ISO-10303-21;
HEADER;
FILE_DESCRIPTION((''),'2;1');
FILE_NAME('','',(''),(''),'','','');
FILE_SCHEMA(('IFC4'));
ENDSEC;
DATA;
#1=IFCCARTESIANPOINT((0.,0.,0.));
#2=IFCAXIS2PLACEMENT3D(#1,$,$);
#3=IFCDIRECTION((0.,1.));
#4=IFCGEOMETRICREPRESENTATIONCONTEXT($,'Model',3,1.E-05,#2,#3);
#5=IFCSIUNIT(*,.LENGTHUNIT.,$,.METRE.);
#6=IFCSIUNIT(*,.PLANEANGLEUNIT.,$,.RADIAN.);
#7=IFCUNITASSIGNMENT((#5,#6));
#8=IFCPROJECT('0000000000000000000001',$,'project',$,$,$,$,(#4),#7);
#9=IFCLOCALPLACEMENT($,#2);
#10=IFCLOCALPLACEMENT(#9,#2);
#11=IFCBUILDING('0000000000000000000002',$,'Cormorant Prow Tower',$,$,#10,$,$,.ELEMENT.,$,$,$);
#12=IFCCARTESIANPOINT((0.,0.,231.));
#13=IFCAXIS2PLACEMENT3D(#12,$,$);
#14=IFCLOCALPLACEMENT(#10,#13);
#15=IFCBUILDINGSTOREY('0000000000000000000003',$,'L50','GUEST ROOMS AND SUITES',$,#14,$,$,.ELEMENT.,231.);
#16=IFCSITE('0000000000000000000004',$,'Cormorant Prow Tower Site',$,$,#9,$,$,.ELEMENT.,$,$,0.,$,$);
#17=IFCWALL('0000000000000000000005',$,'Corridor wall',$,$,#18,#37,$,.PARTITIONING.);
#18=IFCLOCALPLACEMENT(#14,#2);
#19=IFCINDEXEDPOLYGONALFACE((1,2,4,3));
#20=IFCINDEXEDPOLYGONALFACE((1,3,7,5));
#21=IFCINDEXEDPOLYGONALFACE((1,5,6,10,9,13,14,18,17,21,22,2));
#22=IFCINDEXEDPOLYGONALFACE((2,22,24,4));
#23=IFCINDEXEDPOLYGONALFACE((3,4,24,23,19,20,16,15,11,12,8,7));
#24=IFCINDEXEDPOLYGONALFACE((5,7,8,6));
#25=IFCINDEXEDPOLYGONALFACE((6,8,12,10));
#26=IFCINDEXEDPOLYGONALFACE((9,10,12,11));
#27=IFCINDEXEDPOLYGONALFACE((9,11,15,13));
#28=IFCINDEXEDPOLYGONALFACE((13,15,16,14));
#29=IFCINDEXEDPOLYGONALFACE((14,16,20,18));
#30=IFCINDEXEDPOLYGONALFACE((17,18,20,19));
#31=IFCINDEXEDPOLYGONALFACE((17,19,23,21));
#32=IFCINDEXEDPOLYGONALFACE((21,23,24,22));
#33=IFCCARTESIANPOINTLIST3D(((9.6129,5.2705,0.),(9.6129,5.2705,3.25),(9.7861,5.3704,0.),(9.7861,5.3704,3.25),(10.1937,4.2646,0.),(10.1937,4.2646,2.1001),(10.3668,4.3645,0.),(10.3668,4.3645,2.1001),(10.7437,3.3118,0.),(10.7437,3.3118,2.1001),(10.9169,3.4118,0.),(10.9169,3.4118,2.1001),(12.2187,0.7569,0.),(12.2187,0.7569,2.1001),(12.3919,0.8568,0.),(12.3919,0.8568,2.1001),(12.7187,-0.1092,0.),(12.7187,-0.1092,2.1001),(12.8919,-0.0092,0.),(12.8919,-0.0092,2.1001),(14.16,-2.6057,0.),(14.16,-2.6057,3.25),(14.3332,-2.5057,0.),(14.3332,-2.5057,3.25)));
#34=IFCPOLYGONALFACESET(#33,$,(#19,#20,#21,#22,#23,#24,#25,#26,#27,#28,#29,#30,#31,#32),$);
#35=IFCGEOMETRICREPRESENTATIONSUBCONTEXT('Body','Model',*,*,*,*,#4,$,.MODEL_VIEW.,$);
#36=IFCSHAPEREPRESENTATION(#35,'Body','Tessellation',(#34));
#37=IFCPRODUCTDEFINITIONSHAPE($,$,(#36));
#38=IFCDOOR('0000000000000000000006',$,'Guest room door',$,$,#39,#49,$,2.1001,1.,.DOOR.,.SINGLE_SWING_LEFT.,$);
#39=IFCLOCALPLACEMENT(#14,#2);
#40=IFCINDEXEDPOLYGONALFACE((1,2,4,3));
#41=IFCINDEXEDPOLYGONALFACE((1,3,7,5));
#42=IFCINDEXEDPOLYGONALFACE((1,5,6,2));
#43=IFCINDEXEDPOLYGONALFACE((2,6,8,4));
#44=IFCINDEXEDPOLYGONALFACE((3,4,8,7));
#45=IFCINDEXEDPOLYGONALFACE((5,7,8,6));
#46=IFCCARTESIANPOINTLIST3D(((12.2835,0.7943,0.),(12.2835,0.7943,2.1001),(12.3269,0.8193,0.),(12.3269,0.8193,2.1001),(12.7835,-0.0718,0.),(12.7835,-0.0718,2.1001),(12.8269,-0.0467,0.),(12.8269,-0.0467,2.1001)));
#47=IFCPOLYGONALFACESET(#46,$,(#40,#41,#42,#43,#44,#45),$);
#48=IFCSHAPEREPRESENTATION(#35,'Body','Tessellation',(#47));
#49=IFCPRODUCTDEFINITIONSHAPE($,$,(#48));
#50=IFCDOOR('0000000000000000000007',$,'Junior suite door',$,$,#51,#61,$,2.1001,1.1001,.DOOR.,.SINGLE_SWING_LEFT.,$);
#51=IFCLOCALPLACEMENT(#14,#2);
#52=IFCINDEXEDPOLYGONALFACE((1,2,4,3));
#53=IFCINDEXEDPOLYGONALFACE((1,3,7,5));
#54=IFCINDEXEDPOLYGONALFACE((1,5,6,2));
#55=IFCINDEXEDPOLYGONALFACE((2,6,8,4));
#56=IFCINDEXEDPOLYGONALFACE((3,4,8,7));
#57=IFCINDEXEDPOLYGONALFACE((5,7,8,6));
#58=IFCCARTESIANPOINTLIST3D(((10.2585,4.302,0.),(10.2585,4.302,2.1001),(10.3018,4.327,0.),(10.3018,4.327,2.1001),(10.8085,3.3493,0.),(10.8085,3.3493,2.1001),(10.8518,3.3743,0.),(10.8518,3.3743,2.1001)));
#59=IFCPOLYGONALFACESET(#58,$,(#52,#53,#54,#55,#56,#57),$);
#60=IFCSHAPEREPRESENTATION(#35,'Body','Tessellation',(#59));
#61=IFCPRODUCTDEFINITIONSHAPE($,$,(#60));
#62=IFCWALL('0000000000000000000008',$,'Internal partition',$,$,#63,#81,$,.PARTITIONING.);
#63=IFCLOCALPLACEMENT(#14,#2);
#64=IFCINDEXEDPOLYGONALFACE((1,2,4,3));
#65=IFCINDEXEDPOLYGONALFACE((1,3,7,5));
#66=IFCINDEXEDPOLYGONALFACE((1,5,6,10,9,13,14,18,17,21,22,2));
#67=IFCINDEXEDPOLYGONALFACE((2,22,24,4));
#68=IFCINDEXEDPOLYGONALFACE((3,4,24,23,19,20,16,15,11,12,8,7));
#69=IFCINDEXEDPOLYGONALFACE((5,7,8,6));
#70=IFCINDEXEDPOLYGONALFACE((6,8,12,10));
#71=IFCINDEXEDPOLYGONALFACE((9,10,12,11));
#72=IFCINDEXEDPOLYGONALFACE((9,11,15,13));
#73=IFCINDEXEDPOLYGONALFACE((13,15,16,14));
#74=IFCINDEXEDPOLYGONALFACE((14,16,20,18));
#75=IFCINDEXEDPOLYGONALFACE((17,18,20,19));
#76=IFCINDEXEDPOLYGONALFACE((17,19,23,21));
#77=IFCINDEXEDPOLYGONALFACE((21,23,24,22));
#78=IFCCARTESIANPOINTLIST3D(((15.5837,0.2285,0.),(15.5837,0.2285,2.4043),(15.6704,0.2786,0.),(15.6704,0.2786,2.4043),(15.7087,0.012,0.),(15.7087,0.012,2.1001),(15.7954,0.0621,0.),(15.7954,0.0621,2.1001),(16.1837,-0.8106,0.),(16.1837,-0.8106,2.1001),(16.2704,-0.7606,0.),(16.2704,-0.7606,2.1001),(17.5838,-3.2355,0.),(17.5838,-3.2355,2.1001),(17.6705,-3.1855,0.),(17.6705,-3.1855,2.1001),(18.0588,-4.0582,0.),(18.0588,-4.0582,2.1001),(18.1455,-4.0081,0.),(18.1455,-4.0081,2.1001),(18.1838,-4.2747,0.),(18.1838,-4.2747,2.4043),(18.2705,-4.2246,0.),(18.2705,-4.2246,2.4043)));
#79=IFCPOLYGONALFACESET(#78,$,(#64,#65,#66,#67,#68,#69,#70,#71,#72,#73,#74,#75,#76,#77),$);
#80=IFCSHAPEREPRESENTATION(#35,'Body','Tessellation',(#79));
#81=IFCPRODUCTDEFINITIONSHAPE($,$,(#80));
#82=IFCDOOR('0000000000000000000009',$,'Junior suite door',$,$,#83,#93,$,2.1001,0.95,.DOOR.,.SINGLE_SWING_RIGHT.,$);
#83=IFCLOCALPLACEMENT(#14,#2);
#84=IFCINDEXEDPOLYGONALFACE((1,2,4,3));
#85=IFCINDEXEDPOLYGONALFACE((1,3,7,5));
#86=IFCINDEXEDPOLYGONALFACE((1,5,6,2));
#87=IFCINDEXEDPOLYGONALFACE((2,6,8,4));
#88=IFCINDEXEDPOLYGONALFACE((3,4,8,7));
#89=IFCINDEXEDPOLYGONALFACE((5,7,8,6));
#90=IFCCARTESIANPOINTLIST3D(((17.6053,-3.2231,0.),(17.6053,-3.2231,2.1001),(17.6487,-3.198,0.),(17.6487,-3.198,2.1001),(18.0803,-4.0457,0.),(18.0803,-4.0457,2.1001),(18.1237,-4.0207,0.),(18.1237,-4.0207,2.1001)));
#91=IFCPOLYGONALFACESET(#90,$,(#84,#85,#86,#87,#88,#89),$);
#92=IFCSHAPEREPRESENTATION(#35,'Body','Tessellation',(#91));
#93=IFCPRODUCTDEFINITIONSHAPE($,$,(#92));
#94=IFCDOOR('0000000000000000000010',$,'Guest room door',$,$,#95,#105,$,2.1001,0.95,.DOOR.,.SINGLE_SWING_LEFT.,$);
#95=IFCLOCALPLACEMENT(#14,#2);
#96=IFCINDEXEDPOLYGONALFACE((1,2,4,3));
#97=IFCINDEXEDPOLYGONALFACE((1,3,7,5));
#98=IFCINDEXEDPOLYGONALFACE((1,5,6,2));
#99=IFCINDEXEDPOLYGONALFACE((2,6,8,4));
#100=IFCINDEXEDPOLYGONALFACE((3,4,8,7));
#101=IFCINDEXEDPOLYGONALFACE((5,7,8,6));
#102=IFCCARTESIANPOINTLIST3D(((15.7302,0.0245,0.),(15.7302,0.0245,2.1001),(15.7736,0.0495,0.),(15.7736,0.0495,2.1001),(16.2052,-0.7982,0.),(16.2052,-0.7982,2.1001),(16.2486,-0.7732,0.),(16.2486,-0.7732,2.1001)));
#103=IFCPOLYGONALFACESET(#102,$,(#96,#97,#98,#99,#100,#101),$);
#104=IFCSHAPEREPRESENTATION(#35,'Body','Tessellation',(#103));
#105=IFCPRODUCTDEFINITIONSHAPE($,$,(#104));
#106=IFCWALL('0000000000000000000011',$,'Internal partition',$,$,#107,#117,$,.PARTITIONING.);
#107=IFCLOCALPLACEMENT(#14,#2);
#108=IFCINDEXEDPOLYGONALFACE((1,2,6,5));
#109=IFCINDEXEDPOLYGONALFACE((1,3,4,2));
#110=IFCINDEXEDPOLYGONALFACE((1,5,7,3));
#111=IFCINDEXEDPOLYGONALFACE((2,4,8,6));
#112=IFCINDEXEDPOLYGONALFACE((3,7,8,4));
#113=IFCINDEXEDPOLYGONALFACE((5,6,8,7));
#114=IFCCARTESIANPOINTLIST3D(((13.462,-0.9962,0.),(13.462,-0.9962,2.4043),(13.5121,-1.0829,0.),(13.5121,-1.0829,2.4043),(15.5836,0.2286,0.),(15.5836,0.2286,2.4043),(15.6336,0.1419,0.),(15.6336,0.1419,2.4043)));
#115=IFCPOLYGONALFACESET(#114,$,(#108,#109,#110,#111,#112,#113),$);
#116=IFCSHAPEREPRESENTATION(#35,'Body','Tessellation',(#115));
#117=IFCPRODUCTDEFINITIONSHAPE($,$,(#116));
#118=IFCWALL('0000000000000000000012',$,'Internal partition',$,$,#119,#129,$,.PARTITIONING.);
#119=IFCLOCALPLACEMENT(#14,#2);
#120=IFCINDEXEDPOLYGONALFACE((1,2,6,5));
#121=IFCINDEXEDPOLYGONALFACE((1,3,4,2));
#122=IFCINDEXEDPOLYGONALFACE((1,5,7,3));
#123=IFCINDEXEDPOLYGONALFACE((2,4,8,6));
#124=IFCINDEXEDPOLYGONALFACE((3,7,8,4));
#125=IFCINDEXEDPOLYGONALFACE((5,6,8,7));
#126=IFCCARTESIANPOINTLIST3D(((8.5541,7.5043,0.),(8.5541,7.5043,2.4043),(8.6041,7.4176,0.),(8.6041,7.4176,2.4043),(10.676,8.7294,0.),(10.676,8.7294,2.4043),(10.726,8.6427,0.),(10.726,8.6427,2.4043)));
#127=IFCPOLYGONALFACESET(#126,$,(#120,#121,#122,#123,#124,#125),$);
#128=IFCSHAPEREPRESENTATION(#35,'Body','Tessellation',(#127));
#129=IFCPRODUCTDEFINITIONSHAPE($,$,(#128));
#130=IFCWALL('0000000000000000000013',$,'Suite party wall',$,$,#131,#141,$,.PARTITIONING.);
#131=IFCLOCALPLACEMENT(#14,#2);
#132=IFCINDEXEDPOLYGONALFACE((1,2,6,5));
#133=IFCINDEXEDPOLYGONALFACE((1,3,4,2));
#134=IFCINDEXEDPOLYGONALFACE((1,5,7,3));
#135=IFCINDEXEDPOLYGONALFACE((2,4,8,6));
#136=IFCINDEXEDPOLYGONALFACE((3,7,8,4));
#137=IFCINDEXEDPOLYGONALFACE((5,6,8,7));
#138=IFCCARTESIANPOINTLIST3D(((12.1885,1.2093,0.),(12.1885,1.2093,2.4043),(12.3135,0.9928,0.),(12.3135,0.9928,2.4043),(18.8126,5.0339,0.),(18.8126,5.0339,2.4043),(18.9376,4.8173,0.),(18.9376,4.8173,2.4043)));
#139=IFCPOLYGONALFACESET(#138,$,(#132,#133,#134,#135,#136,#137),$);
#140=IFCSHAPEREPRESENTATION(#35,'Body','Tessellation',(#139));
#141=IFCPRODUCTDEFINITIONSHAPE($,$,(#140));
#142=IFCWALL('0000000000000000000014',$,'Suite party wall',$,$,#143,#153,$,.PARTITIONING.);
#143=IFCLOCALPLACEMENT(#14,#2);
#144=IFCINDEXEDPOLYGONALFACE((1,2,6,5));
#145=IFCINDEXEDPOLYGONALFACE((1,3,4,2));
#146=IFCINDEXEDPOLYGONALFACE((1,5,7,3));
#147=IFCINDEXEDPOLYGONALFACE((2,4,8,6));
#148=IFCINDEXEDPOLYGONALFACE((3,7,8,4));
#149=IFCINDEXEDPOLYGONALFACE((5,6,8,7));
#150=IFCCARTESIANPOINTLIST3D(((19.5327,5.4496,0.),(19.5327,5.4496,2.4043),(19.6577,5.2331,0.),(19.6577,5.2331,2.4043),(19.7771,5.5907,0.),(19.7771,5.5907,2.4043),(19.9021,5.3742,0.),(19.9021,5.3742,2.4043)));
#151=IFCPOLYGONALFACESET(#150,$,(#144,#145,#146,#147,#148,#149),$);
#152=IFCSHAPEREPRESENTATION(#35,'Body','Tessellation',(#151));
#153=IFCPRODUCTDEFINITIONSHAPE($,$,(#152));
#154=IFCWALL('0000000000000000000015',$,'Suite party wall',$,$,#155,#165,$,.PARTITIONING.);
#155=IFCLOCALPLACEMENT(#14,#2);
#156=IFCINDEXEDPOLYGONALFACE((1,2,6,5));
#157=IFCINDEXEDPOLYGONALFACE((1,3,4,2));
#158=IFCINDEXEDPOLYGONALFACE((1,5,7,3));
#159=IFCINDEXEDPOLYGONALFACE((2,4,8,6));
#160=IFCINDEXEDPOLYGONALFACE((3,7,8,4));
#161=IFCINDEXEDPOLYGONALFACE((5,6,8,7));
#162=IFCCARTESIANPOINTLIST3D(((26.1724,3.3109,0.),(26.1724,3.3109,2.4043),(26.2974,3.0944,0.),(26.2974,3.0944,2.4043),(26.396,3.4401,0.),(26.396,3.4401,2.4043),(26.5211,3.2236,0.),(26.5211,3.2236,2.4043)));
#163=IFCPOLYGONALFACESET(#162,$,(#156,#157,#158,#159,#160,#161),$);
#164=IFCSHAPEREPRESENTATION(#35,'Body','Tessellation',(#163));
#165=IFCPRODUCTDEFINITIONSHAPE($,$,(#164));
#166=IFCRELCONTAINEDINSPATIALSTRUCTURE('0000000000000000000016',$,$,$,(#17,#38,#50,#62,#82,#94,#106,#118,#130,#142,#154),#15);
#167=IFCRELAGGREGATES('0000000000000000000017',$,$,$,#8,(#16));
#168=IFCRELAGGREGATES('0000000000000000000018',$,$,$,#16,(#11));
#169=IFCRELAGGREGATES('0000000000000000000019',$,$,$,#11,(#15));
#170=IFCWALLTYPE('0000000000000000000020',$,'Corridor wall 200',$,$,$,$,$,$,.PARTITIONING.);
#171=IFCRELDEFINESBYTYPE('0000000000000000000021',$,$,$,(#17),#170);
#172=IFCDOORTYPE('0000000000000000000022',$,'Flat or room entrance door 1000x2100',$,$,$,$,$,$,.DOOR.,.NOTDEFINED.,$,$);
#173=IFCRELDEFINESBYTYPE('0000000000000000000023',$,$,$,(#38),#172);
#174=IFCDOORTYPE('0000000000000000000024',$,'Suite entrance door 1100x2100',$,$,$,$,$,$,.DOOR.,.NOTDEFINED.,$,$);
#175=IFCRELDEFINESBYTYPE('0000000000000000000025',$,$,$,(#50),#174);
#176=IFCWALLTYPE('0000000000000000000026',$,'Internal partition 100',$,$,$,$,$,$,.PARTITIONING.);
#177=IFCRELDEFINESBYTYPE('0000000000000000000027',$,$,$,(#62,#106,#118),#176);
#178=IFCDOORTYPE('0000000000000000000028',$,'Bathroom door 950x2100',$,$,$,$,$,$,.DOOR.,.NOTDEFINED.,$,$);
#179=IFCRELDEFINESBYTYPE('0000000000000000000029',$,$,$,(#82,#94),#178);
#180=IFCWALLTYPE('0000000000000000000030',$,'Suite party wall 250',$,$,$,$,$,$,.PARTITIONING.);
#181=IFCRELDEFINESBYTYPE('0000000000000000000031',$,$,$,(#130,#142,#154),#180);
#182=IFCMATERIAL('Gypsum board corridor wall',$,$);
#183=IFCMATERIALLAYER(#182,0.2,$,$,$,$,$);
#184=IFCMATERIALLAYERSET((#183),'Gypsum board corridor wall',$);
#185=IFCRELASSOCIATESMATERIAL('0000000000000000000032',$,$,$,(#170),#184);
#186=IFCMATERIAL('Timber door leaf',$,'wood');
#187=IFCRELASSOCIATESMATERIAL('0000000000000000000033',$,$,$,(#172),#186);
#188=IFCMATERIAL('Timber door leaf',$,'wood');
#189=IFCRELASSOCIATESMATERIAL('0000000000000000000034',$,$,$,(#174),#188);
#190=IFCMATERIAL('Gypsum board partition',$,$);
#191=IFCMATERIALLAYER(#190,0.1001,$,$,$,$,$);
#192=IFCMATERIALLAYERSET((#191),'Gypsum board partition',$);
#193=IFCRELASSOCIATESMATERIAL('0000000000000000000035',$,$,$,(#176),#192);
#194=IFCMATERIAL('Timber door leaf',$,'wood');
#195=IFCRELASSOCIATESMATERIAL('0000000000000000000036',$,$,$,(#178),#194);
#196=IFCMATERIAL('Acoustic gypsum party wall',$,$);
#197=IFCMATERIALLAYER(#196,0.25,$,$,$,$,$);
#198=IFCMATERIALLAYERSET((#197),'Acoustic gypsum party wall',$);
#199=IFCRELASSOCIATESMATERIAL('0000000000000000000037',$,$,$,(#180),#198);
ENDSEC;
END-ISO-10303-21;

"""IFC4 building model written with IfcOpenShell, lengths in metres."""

from ifc_helpers import new_model, si_unit, direction, frame, frame_2d, origin, place, context, subcontext, project, spatial, rectangle, extrude, material, layer, layer_set, type_object, element, fill, save


model = new_model("IFC4")

# Units and contexts
model_context = context("Model", 3, precision=1e-05, world=origin(), true_north=direction((0.0, 1.0)))
body_context = subcontext(model_context, "Body", "Model", "MODEL_VIEW")
ifc_project = project(units=[si_unit("LENGTHUNIT", "METRE"), si_unit("PLANEANGLEUNIT", "RADIAN")], contexts=[model_context])

# Site, building, storey
site_placement = place(None, origin())
site = spatial("IfcSite", under=ifc_project, at=site_placement, Name="Cormorant Prow Tower Site", CompositionType="ELEMENT", RefElevation=0.0)
building_placement = place(site_placement, origin())
building = spatial("IfcBuilding", under=site, at=building_placement, Name="Cormorant Prow Tower", CompositionType="ELEMENT")
storey_placement = place(building_placement, frame((0.0, 0.0, 231.0)))
storey = spatial("IfcBuildingStorey", under=building, at=storey_placement, Name="L50", Description="GUEST ROOMS AND SUITES", CompositionType="ELEMENT", Elevation=231.0)

# Walls, openings, doors
ifc_material_1 = material(Name="Gypsum board corridor wall")
ifc_layer_1 = layer(ifc_material_1, 0.2)
ifc_layer_set_1 = layer_set([ifc_layer_1], Name="Gypsum board corridor wall")
wall_type_1 = type_object("IfcWallType", Name="Corridor wall 200", PredefinedType="PARTITIONING", material=ifc_layer_set_1)
wall_1_placement = place(storey_placement, frame((9.6995, 5.3206, 0.0), z_axis=(0.0, 0.0, 1.0), x_axis=(0.499982, -0.866036, 0.0)))
wall_1 = element("IfcWall", 1, at=wall_1_placement, inside=storey, type_object=wall_type_1, Name="Corridor wall", PredefinedType="PARTITIONING", context=body_context, shape_type="SweptSolid", body=[
    extrude(rectangle(XDim=9.0945, YDim=0.2, at=frame_2d((4.5474, 0.0))), origin(), (0.0, 0.0, 1.0), 3.25),
])
opening_1_placement = place(wall_1_placement, frame((5.2119, 0.0, 0.0)))
opening_1 = element("IfcOpeningElement", 2, at=opening_1_placement, cuts=wall_1, PredefinedType="OPENING", context=body_context, shape_type="SweptSolid", body=[
    extrude(rectangle(XDim=1.0, YDim=2.1001, at=frame_2d((0.5, 1.05))), frame((0.0, 0.1099, 0.0), z_axis=(0.0, -1.0, 0.0), x_axis=(1.0, 0.0, 0.0)), (0.0, 0.0, 1.0), 0.22),
])
opening_2_placement = place(wall_1_placement, frame((1.1616, 0.0, 0.0)))
opening_2 = element("IfcOpeningElement", 3, at=opening_2_placement, cuts=wall_1, PredefinedType="OPENING", context=body_context, shape_type="SweptSolid", body=[
    extrude(rectangle(XDim=1.1001, YDim=2.1001, at=frame_2d((0.55, 1.05))), frame((0.0, 0.1099, 0.0), z_axis=(0.0, -1.0, 0.0), x_axis=(1.0, 0.0, 0.0)), (0.0, 0.0, 1.0), 0.22),
])
ifc_material_2 = material(Name="Timber door leaf", Category="wood")
door_type_1 = type_object("IfcDoorType", Name="Flat or room entrance door 1000x2100", OperationType="NOTDEFINED", PredefinedType="DOOR", material=ifc_material_2)
door_1_placement = place(opening_1_placement, origin())
door_1 = element("IfcDoor", 4, at=door_1_placement, inside=storey, type_object=door_type_1, Name="Guest room door", OperationType="SINGLE_SWING_LEFT", OverallHeight=2.1001, OverallWidth=1.0, PredefinedType="DOOR", context=body_context, shape_type="SweptSolid", body=[
    extrude(rectangle(XDim=1.0, YDim=2.1001, at=frame_2d((0.5, 1.05))), frame((0.0, 0.0249, 0.0), z_axis=(0.0, -1.0, 0.0), x_axis=(1.0, 0.0, 0.0)), (0.0, 0.0, 1.0), 0.05),
])
fill(opening_1, door_1)
ifc_material_3 = material(Name="Timber door leaf", Category="wood")
door_type_2 = type_object("IfcDoorType", Name="Suite entrance door 1100x2100", OperationType="NOTDEFINED", PredefinedType="DOOR", material=ifc_material_3)
door_2_placement = place(opening_2_placement, origin())
door_2 = element("IfcDoor", 5, at=door_2_placement, inside=storey, type_object=door_type_2, Name="Junior suite door", OperationType="SINGLE_SWING_LEFT", OverallHeight=2.1001, OverallWidth=1.1001, PredefinedType="DOOR", context=body_context, shape_type="SweptSolid", body=[
    extrude(rectangle(XDim=1.1001, YDim=2.1001, at=frame_2d((0.55, 1.05))), frame((0.0, 0.0249, 0.0), z_axis=(0.0, -1.0, 0.0), x_axis=(1.0, 0.0, 0.0)), (0.0, 0.0, 1.0), 0.05),
])
fill(opening_2, door_2)
ifc_material_4 = material(Name="Gypsum board partition")
ifc_layer_2 = layer(ifc_material_4, 0.1001)
ifc_layer_set_2 = layer_set([ifc_layer_2], Name="Gypsum board partition")
wall_type_2 = type_object("IfcWallType", Name="Internal partition 100", PredefinedType="PARTITIONING", material=ifc_layer_set_2)
wall_2_placement = place(storey_placement, frame((15.627, 0.2537, 0.0), z_axis=(0.0, 0.0, 1.0), x_axis=(0.500027, -0.86601, 0.0)))
wall_2 = element("IfcWall", 6, at=wall_2_placement, inside=storey, type_object=wall_type_2, Name="Internal partition", PredefinedType="PARTITIONING", context=body_context, shape_type="SweptSolid", body=[
    extrude(rectangle(XDim=5.2, YDim=0.1001, at=frame_2d((2.6001, 0.0))), origin(), (0.0, 0.0, 1.0), 2.4043),
])
opening_3_placement = place(wall_2_placement, frame((4.0, 0.0, 0.0)))
opening_3 = element("IfcOpeningElement", 7, at=opening_3_placement, cuts=wall_2, PredefinedType="OPENING", context=body_context, shape_type="SweptSolid", body=[
    extrude(rectangle(XDim=0.95, YDim=2.1001, at=frame_2d((0.4751, 1.05))), frame((0.0, 0.0601, 0.0), z_axis=(0.0, -1.0, 0.0), x_axis=(1.0, 0.0, 0.0)), (0.0, 0.0, 1.0), 0.1201),
])
opening_4_placement = place(wall_2_placement, frame((0.25, 0.0, 0.0)))
opening_4 = element("IfcOpeningElement", 8, at=opening_4_placement, cuts=wall_2, PredefinedType="OPENING", context=body_context, shape_type="SweptSolid", body=[
    extrude(rectangle(XDim=0.95, YDim=2.1001, at=frame_2d((0.4751, 1.05))), frame((0.0, 0.0601, 0.0), z_axis=(0.0, -1.0, 0.0), x_axis=(1.0, 0.0, 0.0)), (0.0, 0.0, 1.0), 0.1201),
])
ifc_material_5 = material(Name="Timber door leaf", Category="wood")
door_type_3 = type_object("IfcDoorType", Name="Bathroom door 950x2100", OperationType="NOTDEFINED", PredefinedType="DOOR", material=ifc_material_5)
door_3_placement = place(opening_3_placement, origin())
door_3 = element("IfcDoor", 9, at=door_3_placement, inside=storey, type_object=door_type_3, Name="Junior suite door", OperationType="SINGLE_SWING_RIGHT", OverallHeight=2.1001, OverallWidth=0.95, PredefinedType="DOOR", context=body_context, shape_type="SweptSolid", body=[
    extrude(rectangle(XDim=0.95, YDim=2.1001, at=frame_2d((0.4751, 1.05))), frame((0.0, 0.0249, 0.0), z_axis=(0.0, -1.0, 0.0), x_axis=(1.0, 0.0, 0.0)), (0.0, 0.0, 1.0), 0.05),
])
fill(opening_3, door_3)
door_4_placement = place(opening_4_placement, origin())
door_4 = element("IfcDoor", 10, at=door_4_placement, inside=storey, type_object=door_type_3, Name="Guest room door", OperationType="SINGLE_SWING_LEFT", OverallHeight=2.1001, OverallWidth=0.95, PredefinedType="DOOR", context=body_context, shape_type="SweptSolid", body=[
    extrude(rectangle(XDim=0.95, YDim=2.1001, at=frame_2d((0.4751, 1.05))), frame((0.0, 0.0249, 0.0), z_axis=(0.0, -1.0, 0.0), x_axis=(1.0, 0.0, 0.0)), (0.0, 0.0, 1.0), 0.05),
])
fill(opening_4, door_4)

# Walls
wall_3_placement = place(storey_placement, frame((13.4871, -1.0396, 0.0), z_axis=(0.0, 0.0, 1.0), x_axis=(0.866033, 0.499987, 0.0)))
element("IfcWall", 11, at=wall_3_placement, inside=storey, type_object=wall_type_2, Name="Internal partition", PredefinedType="PARTITIONING", context=body_context, shape_type="SweptSolid", body=[
    extrude(rectangle(XDim=2.4497, YDim=0.1001, at=frame_2d((1.2249, 0.0))), origin(), (0.0, 0.0, 1.0), 2.4043),
])
wall_4_placement = place(storey_placement, frame((8.5791, 7.4609, 0.0), z_axis=(0.0, 0.0, 1.0), x_axis=(0.866015, 0.500019, 0.0)))
element("IfcWall", 12, at=wall_4_placement, inside=storey, type_object=wall_type_2, Name="Internal partition", PredefinedType="PARTITIONING", context=body_context, shape_type="SweptSolid", body=[
    extrude(rectangle(XDim=2.4502, YDim=0.1001, at=frame_2d((1.2251, 0.0))), origin(), (0.0, 0.0, 1.0), 2.4043),
])
ifc_material_6 = material(Name="Acoustic gypsum party wall")
ifc_layer_3 = layer(ifc_material_6, 0.25)
ifc_layer_set_3 = layer_set([ifc_layer_3], Name="Acoustic gypsum party wall")
wall_type_3 = type_object("IfcWallType", Name="Suite party wall 250", PredefinedType="PARTITIONING", material=ifc_layer_set_3)
wall_5_placement = place(storey_placement, frame((12.251, 1.1011, 0.0), z_axis=(0.0, 0.0, 1.0), x_axis=(0.866021, 0.500008, 0.0)))
element("IfcWall", 13, at=wall_5_placement, inside=storey, type_object=wall_type_3, Name="Suite party wall", PredefinedType="PARTITIONING", context=body_context, shape_type="SweptSolid", body=[
    extrude(rectangle(XDim=7.6489, YDim=0.25, at=frame_2d((3.8245, 0.0))), origin(), (0.0, 0.0, 1.0), 2.4043),
])
wall_6_placement = place(storey_placement, frame((19.5952, 5.3413, 0.0), z_axis=(0.0, 0.0, 1.0), x_axis=(0.865998, 0.500047, 0.0)))
element("IfcWall", 14, at=wall_6_placement, inside=storey, type_object=wall_type_3, Name="Suite party wall", PredefinedType="PARTITIONING", context=body_context, shape_type="SweptSolid", body=[
    extrude(rectangle(XDim=0.2822, YDim=0.25, at=frame_2d((0.1411, 0.0))), origin(), (0.0, 0.0, 1.0), 2.4043),
])
wall_7_placement = place(storey_placement, frame((26.2349, 3.2026, 0.0), z_axis=(0.0, 0.0, 1.0), x_axis=(0.865965, 0.500104, 0.0)))
element("IfcWall", 15, at=wall_7_placement, inside=storey, type_object=wall_type_3, Name="Suite party wall", PredefinedType="PARTITIONING", context=body_context, shape_type="SweptSolid", body=[
    extrude(rectangle(XDim=0.2583, YDim=0.25, at=frame_2d((0.1292, 0.0))), origin(), (0.0, 0.0, 1.0), 2.4043),
])

save(model, "model.ifc")
